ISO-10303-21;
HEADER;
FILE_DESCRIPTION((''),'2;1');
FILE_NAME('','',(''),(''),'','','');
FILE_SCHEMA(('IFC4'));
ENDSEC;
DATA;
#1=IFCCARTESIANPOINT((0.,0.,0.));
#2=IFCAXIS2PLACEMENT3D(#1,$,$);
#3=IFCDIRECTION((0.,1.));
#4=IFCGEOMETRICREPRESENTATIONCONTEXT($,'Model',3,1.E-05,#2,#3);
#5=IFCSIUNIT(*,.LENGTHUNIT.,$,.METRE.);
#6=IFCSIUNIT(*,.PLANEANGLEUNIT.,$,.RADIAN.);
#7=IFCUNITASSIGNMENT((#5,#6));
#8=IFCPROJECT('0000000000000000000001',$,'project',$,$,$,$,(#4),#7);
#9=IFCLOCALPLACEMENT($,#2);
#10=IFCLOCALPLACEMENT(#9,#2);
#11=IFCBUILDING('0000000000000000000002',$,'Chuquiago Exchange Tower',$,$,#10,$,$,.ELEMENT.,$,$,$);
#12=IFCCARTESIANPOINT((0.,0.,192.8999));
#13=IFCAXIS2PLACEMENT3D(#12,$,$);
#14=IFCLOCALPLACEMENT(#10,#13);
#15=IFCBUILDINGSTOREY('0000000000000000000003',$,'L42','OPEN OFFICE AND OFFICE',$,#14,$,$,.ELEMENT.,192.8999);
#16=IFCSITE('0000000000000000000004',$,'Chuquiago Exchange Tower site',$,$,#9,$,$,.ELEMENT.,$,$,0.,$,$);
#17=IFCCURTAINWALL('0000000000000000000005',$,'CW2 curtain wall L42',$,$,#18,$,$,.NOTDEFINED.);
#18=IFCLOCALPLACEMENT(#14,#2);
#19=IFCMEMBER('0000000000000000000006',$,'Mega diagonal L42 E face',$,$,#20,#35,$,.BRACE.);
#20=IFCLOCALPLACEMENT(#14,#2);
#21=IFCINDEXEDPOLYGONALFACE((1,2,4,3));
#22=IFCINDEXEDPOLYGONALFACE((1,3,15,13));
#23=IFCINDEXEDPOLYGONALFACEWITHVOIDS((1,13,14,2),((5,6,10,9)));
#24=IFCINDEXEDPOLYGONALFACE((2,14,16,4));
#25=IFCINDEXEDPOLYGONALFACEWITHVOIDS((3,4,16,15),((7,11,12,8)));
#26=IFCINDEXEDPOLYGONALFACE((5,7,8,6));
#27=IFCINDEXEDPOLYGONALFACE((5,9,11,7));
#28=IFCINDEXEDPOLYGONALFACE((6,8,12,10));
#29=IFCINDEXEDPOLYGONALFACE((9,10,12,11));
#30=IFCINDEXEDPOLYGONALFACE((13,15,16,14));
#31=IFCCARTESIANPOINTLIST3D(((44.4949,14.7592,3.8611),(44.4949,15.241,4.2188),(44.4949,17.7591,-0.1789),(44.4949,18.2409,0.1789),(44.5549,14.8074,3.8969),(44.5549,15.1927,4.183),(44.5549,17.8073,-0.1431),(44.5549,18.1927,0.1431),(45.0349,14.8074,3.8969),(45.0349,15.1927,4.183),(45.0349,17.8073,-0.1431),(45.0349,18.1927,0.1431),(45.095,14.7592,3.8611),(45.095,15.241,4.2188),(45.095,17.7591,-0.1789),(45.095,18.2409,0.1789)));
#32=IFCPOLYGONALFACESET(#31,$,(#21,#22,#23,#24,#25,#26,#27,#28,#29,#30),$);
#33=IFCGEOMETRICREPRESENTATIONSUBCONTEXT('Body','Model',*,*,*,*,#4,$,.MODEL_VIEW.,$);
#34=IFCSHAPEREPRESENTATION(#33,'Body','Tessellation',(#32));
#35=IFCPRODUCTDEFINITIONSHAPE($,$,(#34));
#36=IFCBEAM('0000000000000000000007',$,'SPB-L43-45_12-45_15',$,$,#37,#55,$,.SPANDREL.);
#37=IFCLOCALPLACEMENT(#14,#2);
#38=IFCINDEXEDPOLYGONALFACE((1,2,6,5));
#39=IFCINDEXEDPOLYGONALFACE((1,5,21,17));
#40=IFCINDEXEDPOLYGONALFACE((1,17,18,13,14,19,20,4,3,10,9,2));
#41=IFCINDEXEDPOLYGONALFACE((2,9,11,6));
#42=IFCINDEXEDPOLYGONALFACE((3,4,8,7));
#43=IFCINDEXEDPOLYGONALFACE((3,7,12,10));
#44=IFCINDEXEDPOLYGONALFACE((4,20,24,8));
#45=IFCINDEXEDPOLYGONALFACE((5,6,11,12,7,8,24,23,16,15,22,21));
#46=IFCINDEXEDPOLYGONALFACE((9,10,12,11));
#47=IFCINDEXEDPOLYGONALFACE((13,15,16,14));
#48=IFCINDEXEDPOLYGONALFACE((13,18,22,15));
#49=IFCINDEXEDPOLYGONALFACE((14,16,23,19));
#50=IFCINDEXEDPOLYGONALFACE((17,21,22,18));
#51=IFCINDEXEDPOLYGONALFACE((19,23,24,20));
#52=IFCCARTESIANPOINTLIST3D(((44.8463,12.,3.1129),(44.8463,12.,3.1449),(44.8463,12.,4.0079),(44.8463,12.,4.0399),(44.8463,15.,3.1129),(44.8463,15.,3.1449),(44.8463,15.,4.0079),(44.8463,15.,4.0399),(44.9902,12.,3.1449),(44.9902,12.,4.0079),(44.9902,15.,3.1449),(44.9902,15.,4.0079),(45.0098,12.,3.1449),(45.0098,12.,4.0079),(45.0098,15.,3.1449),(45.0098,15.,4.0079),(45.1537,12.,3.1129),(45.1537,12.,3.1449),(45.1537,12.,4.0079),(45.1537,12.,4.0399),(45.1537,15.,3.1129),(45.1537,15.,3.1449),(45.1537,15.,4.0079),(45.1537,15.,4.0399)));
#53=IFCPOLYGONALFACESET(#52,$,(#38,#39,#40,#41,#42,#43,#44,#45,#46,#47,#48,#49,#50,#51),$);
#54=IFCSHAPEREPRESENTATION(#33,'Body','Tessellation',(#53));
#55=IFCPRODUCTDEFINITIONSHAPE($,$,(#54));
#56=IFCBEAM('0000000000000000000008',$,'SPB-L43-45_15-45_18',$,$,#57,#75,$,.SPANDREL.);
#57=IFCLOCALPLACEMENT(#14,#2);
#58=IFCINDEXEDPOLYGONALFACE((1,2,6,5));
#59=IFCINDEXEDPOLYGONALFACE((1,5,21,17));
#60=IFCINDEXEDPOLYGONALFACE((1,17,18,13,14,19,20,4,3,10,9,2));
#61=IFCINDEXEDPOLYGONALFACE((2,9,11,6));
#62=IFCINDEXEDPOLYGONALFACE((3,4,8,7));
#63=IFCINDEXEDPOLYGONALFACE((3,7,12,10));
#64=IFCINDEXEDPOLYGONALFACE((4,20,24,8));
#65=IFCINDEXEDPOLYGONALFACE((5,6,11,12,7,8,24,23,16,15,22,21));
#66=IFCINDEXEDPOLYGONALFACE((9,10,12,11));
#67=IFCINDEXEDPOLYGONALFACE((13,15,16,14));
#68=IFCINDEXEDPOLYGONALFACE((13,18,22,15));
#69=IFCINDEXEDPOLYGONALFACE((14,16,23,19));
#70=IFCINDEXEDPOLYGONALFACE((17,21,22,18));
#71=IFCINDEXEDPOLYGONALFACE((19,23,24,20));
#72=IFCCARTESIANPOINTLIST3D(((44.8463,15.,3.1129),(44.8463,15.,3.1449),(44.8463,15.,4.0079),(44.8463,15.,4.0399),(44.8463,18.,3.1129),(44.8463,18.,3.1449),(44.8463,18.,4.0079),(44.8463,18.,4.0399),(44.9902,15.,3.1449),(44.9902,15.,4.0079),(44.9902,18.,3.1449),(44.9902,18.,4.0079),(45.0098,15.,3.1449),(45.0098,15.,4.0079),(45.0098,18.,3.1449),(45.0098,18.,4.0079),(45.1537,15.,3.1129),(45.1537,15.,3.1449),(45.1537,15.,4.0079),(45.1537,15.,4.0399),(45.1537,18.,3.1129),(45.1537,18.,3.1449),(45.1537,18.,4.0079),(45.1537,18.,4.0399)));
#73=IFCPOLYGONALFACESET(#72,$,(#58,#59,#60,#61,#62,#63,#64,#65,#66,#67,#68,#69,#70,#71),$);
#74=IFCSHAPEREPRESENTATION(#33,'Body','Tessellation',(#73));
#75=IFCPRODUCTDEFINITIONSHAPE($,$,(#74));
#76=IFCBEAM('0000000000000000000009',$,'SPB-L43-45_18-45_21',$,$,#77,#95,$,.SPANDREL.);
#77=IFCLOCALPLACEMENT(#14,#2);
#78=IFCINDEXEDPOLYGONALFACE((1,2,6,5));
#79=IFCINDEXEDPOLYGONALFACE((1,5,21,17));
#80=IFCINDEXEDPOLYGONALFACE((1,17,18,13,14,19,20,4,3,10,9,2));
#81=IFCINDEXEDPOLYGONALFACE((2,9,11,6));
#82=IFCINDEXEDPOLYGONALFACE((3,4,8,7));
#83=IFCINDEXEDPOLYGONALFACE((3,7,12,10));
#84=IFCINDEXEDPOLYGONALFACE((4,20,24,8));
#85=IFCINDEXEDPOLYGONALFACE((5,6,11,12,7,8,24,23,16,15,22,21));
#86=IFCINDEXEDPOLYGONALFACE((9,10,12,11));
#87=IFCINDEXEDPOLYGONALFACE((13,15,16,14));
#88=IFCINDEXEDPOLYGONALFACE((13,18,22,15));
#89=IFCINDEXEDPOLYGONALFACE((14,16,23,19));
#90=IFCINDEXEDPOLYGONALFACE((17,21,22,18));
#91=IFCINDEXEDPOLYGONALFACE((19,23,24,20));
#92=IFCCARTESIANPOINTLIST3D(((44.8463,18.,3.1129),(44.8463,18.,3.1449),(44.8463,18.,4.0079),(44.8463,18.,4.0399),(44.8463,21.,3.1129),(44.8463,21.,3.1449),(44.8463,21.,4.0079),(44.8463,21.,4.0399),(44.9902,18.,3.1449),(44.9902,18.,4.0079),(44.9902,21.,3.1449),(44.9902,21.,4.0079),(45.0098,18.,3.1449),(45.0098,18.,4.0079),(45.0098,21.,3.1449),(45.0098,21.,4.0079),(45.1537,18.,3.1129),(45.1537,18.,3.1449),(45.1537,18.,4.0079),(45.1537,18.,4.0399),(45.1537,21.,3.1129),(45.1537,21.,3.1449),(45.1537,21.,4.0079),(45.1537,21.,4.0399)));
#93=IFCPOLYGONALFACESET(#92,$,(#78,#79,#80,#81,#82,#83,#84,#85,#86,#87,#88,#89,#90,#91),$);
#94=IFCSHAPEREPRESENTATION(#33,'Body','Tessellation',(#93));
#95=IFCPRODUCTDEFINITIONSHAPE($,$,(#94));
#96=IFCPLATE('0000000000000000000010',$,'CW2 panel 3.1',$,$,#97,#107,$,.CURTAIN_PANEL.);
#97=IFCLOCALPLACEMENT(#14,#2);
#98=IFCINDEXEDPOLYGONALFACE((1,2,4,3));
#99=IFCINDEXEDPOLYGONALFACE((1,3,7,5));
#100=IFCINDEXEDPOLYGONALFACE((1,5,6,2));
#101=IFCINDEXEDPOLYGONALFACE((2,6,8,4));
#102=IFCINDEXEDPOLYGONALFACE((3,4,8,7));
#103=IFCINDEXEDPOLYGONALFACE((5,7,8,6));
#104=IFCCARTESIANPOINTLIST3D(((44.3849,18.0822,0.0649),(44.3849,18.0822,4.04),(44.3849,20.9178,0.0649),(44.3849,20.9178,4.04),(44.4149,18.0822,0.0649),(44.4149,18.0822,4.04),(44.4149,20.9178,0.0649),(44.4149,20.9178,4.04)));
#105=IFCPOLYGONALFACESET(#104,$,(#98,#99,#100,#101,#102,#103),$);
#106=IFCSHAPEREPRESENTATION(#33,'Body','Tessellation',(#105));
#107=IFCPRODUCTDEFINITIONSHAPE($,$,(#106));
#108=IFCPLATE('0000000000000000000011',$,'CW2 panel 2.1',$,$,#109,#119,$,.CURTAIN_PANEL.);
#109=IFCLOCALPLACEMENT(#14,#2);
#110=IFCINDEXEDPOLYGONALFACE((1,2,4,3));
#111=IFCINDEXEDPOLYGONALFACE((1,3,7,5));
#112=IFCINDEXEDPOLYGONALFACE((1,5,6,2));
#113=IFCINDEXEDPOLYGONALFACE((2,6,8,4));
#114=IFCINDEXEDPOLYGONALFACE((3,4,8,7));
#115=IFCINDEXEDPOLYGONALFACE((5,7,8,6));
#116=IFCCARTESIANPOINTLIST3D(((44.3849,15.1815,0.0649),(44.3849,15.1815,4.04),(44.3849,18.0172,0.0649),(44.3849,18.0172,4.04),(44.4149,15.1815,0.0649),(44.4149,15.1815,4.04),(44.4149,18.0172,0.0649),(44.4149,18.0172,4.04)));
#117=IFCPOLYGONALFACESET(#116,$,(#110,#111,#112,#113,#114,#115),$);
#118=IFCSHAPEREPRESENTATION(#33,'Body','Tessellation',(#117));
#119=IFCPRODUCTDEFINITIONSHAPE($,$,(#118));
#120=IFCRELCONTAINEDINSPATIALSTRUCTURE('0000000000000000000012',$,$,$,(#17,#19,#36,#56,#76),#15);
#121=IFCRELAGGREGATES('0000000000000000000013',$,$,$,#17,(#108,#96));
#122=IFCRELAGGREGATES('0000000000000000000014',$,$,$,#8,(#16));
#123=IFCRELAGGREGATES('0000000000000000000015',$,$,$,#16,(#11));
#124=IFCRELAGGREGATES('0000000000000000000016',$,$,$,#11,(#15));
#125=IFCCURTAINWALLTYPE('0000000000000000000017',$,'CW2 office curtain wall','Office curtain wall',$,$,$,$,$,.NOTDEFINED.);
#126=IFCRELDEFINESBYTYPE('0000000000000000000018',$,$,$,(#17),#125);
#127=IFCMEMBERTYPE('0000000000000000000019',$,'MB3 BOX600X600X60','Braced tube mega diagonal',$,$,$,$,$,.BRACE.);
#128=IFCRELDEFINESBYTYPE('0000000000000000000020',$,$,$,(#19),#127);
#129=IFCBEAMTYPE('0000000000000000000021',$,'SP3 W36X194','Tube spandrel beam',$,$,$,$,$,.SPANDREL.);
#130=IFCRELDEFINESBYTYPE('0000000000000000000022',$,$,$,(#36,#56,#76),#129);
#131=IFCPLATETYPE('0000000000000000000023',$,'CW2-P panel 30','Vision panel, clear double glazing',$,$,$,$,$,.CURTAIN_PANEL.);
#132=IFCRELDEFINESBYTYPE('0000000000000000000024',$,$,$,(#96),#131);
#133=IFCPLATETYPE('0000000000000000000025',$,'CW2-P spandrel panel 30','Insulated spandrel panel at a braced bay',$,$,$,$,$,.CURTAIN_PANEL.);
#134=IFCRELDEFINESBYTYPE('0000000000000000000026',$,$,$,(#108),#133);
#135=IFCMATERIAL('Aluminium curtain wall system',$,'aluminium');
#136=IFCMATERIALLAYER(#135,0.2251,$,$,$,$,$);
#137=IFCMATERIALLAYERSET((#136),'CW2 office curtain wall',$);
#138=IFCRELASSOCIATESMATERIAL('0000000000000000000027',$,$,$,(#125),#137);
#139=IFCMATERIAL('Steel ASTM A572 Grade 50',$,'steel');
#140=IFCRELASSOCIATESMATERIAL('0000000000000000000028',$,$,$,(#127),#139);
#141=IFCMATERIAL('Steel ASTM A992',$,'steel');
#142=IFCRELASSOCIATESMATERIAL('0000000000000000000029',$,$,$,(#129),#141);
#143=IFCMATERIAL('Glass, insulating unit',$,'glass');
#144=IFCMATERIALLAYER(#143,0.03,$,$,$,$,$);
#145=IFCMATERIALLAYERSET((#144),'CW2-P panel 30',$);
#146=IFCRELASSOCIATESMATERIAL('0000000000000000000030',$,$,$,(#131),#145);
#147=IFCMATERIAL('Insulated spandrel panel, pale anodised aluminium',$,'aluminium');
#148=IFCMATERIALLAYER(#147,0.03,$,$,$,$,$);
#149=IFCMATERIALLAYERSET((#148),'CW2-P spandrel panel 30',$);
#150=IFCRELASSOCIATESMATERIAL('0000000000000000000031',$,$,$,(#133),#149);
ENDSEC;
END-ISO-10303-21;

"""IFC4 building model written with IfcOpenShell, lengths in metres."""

from ifc_helpers import new_model, si_unit, direction, frame, origin, origin_2d, place, context, subcontext, project, spatial, rectangle, hollow_rectangle, i_section, extrude, material, layer, layer_set, material_profile, profile_set, type_object, element, aggregate, save


model = new_model("IFC4")

# Units and contexts
model_context = context("Model", 3, precision=1e-05, world=origin(), true_north=direction((0.0, 1.0)))
body_context = subcontext(model_context, "Body", "Model", "MODEL_VIEW")
ifc_project = project(units=[si_unit("LENGTHUNIT", "METRE"), si_unit("PLANEANGLEUNIT", "RADIAN")], contexts=[model_context])

# Site, building, storey
site_placement = place(None, origin())
site = spatial("IfcSite", under=ifc_project, at=site_placement, Name="Chuquiago Exchange Tower site", CompositionType="ELEMENT", RefElevation=0.0)
building_placement = place(site_placement, origin())
building = spatial("IfcBuilding", under=site, at=building_placement, Name="Chuquiago Exchange Tower", CompositionType="ELEMENT")
storey_placement = place(building_placement, frame((0.0, 0.0, 192.8999)))
storey = spatial("IfcBuildingStorey", under=building, at=storey_placement, Name="L42", Description="OPEN OFFICE AND OFFICE", CompositionType="ELEMENT", Elevation=192.8999)

# Curtain wall
ifc_material_1 = material(Name="Aluminium curtain wall system", Category="aluminium")
ifc_layer_1 = layer(ifc_material_1, 0.2251)
ifc_layer_set_1 = layer_set([ifc_layer_1], Name="CW2 office curtain wall")
curtain_wall_type = type_object("IfcCurtainWallType", Name="CW2 office curtain wall", Description="Office curtain wall", PredefinedType="NOTDEFINED", material=ifc_layer_set_1)
curtain_wall_placement = place(storey_placement, origin())
curtain_wall = element("IfcCurtainWall", 1, at=curtain_wall_placement, inside=storey, type_object=curtain_wall_type, Name="CW2 curtain wall L42", PredefinedType="NOTDEFINED")

# Member
ifc_material_2 = material(Name="Steel ASTM A572 Grade 50", Category="steel")
ifc_material_profile_1 = material_profile(ifc_material_2, hollow_rectangle(XDim=0.6001, YDim=0.6001, WallThickness=0.0601, at=origin_2d()), Name="BOX600X600X60")
ifc_profile_set_1 = profile_set([ifc_material_profile_1], Name="Steel ASTM A572 Grade 50")
member_type_1 = type_object("IfcMemberType", Name="MB3 BOX600X600X60", Description="Braced tube mega diagonal", PredefinedType="BRACE", material=ifc_profile_set_1)
for number, where, z_axis, x_axis, name in (
    (2, (44.7949, 18.0, 0.0), (0.0, -0.596174, 0.802855), (1.0, 0.0, 0.0), "Mega diagonal L42 E face"),
):
    element("IfcMember", number, at=place(storey_placement, frame(where, z_axis=z_axis, x_axis=x_axis)), inside=storey, type_object=member_type_1, Name=name, PredefinedType="BRACE", context=body_context, shape_type="SweptSolid", body=[
        extrude(hollow_rectangle(XDim=0.6001, YDim=0.6001, WallThickness=0.0601, at=origin_2d()), origin(), (0.0, 0.0, 1.0), 5.032),
    ])

# Beams
ifc_material_3 = material(Name="Steel ASTM A992", Category="steel")
ifc_material_profile_2 = material_profile(ifc_material_3, i_section(OverallWidth=0.3074, OverallDepth=0.927, WebThickness=0.0195, FlangeThickness=0.032, at=origin_2d()), Name="W36X194")
ifc_profile_set_2 = profile_set([ifc_material_profile_2], Name="Steel ASTM A992")
beam_type = type_object("IfcBeamType", Name="SP3 W36X194", Description="Tube spandrel beam", PredefinedType="SPANDREL", material=ifc_profile_set_2)
for number, where, z_axis, x_axis, name in (
    (3, (45.0, 12.0, 3.5764), (0.0, 1.0, 0.0), (-1.0, 0.0, 0.0), "SPB-L43-45_12-45_15"),
    (4, (45.0, 15.0, 3.5764), (0.0, 1.0, 0.0), (-1.0, 0.0, 0.0), "SPB-L43-45_15-45_18"),
    (5, (45.0, 18.0, 3.5764), (0.0, 1.0, 0.0), (-1.0, 0.0, 0.0), "SPB-L43-45_18-45_21"),
):
    element("IfcBeam", number, at=place(storey_placement, frame(where, z_axis=z_axis, x_axis=x_axis)), inside=storey, type_object=beam_type, Name=name, PredefinedType="SPANDREL", context=body_context, shape_type="SweptSolid", body=[
        extrude(i_section(OverallWidth=0.3074, OverallDepth=0.927, WebThickness=0.0195, FlangeThickness=0.032, at=origin_2d()), origin(), (0.0, 0.0, 1.0), 3.0),
    ])

# Plates
ifc_material_4 = material(Name="Glass, insulating unit", Category="glass")
ifc_layer_2 = layer(ifc_material_4, 0.03)
ifc_layer_set_2 = layer_set([ifc_layer_2], Name="CW2-P panel 30")
plate_type_1 = type_object("IfcPlateType", Name="CW2-P panel 30", Description="Vision panel, clear double glazing", PredefinedType="CURTAIN_PANEL", material=ifc_layer_set_2)
plate_1_placement = place(storey_placement, frame((44.3999, 19.5, 0.0649), z_axis=(0.0, 0.0, 1.0), x_axis=(0.0, 1.0, 0.0)))
plate_1 = element("IfcPlate", 6, at=plate_1_placement, type_object=plate_type_1, Name="CW2 panel 3.1", PredefinedType="CURTAIN_PANEL", context=body_context, shape_type="SweptSolid", body=[
    extrude(rectangle(XDim=2.8357, YDim=0.03, at=origin_2d()), origin(), (0.0, 0.0, 1.0), 3.9751),
])
ifc_material_5 = material(Name="Insulated spandrel panel, pale anodised aluminium", Category="aluminium")
ifc_layer_3 = layer(ifc_material_5, 0.03)
ifc_layer_set_3 = layer_set([ifc_layer_3], Name="CW2-P spandrel panel 30")
plate_type_2 = type_object("IfcPlateType", Name="CW2-P spandrel panel 30", Description="Insulated spandrel panel at a braced bay", PredefinedType="CURTAIN_PANEL", material=ifc_layer_set_3)
plate_2_placement = place(storey_placement, frame((44.3999, 16.5994, 0.0649), z_axis=(0.0, 0.0, 1.0), x_axis=(0.0, 1.0, 0.0)))
plate_2 = element("IfcPlate", 7, at=plate_2_placement, type_object=plate_type_2, Name="CW2 panel 2.1", PredefinedType="CURTAIN_PANEL", context=body_context, shape_type="SweptSolid", body=[
    extrude(rectangle(XDim=2.8357, YDim=0.03, at=origin_2d()), origin(), (0.0, 0.0, 1.0), 3.9751),
])
aggregate(curtain_wall, [plate_2, plate_1])

save(model, "model.ifc")
